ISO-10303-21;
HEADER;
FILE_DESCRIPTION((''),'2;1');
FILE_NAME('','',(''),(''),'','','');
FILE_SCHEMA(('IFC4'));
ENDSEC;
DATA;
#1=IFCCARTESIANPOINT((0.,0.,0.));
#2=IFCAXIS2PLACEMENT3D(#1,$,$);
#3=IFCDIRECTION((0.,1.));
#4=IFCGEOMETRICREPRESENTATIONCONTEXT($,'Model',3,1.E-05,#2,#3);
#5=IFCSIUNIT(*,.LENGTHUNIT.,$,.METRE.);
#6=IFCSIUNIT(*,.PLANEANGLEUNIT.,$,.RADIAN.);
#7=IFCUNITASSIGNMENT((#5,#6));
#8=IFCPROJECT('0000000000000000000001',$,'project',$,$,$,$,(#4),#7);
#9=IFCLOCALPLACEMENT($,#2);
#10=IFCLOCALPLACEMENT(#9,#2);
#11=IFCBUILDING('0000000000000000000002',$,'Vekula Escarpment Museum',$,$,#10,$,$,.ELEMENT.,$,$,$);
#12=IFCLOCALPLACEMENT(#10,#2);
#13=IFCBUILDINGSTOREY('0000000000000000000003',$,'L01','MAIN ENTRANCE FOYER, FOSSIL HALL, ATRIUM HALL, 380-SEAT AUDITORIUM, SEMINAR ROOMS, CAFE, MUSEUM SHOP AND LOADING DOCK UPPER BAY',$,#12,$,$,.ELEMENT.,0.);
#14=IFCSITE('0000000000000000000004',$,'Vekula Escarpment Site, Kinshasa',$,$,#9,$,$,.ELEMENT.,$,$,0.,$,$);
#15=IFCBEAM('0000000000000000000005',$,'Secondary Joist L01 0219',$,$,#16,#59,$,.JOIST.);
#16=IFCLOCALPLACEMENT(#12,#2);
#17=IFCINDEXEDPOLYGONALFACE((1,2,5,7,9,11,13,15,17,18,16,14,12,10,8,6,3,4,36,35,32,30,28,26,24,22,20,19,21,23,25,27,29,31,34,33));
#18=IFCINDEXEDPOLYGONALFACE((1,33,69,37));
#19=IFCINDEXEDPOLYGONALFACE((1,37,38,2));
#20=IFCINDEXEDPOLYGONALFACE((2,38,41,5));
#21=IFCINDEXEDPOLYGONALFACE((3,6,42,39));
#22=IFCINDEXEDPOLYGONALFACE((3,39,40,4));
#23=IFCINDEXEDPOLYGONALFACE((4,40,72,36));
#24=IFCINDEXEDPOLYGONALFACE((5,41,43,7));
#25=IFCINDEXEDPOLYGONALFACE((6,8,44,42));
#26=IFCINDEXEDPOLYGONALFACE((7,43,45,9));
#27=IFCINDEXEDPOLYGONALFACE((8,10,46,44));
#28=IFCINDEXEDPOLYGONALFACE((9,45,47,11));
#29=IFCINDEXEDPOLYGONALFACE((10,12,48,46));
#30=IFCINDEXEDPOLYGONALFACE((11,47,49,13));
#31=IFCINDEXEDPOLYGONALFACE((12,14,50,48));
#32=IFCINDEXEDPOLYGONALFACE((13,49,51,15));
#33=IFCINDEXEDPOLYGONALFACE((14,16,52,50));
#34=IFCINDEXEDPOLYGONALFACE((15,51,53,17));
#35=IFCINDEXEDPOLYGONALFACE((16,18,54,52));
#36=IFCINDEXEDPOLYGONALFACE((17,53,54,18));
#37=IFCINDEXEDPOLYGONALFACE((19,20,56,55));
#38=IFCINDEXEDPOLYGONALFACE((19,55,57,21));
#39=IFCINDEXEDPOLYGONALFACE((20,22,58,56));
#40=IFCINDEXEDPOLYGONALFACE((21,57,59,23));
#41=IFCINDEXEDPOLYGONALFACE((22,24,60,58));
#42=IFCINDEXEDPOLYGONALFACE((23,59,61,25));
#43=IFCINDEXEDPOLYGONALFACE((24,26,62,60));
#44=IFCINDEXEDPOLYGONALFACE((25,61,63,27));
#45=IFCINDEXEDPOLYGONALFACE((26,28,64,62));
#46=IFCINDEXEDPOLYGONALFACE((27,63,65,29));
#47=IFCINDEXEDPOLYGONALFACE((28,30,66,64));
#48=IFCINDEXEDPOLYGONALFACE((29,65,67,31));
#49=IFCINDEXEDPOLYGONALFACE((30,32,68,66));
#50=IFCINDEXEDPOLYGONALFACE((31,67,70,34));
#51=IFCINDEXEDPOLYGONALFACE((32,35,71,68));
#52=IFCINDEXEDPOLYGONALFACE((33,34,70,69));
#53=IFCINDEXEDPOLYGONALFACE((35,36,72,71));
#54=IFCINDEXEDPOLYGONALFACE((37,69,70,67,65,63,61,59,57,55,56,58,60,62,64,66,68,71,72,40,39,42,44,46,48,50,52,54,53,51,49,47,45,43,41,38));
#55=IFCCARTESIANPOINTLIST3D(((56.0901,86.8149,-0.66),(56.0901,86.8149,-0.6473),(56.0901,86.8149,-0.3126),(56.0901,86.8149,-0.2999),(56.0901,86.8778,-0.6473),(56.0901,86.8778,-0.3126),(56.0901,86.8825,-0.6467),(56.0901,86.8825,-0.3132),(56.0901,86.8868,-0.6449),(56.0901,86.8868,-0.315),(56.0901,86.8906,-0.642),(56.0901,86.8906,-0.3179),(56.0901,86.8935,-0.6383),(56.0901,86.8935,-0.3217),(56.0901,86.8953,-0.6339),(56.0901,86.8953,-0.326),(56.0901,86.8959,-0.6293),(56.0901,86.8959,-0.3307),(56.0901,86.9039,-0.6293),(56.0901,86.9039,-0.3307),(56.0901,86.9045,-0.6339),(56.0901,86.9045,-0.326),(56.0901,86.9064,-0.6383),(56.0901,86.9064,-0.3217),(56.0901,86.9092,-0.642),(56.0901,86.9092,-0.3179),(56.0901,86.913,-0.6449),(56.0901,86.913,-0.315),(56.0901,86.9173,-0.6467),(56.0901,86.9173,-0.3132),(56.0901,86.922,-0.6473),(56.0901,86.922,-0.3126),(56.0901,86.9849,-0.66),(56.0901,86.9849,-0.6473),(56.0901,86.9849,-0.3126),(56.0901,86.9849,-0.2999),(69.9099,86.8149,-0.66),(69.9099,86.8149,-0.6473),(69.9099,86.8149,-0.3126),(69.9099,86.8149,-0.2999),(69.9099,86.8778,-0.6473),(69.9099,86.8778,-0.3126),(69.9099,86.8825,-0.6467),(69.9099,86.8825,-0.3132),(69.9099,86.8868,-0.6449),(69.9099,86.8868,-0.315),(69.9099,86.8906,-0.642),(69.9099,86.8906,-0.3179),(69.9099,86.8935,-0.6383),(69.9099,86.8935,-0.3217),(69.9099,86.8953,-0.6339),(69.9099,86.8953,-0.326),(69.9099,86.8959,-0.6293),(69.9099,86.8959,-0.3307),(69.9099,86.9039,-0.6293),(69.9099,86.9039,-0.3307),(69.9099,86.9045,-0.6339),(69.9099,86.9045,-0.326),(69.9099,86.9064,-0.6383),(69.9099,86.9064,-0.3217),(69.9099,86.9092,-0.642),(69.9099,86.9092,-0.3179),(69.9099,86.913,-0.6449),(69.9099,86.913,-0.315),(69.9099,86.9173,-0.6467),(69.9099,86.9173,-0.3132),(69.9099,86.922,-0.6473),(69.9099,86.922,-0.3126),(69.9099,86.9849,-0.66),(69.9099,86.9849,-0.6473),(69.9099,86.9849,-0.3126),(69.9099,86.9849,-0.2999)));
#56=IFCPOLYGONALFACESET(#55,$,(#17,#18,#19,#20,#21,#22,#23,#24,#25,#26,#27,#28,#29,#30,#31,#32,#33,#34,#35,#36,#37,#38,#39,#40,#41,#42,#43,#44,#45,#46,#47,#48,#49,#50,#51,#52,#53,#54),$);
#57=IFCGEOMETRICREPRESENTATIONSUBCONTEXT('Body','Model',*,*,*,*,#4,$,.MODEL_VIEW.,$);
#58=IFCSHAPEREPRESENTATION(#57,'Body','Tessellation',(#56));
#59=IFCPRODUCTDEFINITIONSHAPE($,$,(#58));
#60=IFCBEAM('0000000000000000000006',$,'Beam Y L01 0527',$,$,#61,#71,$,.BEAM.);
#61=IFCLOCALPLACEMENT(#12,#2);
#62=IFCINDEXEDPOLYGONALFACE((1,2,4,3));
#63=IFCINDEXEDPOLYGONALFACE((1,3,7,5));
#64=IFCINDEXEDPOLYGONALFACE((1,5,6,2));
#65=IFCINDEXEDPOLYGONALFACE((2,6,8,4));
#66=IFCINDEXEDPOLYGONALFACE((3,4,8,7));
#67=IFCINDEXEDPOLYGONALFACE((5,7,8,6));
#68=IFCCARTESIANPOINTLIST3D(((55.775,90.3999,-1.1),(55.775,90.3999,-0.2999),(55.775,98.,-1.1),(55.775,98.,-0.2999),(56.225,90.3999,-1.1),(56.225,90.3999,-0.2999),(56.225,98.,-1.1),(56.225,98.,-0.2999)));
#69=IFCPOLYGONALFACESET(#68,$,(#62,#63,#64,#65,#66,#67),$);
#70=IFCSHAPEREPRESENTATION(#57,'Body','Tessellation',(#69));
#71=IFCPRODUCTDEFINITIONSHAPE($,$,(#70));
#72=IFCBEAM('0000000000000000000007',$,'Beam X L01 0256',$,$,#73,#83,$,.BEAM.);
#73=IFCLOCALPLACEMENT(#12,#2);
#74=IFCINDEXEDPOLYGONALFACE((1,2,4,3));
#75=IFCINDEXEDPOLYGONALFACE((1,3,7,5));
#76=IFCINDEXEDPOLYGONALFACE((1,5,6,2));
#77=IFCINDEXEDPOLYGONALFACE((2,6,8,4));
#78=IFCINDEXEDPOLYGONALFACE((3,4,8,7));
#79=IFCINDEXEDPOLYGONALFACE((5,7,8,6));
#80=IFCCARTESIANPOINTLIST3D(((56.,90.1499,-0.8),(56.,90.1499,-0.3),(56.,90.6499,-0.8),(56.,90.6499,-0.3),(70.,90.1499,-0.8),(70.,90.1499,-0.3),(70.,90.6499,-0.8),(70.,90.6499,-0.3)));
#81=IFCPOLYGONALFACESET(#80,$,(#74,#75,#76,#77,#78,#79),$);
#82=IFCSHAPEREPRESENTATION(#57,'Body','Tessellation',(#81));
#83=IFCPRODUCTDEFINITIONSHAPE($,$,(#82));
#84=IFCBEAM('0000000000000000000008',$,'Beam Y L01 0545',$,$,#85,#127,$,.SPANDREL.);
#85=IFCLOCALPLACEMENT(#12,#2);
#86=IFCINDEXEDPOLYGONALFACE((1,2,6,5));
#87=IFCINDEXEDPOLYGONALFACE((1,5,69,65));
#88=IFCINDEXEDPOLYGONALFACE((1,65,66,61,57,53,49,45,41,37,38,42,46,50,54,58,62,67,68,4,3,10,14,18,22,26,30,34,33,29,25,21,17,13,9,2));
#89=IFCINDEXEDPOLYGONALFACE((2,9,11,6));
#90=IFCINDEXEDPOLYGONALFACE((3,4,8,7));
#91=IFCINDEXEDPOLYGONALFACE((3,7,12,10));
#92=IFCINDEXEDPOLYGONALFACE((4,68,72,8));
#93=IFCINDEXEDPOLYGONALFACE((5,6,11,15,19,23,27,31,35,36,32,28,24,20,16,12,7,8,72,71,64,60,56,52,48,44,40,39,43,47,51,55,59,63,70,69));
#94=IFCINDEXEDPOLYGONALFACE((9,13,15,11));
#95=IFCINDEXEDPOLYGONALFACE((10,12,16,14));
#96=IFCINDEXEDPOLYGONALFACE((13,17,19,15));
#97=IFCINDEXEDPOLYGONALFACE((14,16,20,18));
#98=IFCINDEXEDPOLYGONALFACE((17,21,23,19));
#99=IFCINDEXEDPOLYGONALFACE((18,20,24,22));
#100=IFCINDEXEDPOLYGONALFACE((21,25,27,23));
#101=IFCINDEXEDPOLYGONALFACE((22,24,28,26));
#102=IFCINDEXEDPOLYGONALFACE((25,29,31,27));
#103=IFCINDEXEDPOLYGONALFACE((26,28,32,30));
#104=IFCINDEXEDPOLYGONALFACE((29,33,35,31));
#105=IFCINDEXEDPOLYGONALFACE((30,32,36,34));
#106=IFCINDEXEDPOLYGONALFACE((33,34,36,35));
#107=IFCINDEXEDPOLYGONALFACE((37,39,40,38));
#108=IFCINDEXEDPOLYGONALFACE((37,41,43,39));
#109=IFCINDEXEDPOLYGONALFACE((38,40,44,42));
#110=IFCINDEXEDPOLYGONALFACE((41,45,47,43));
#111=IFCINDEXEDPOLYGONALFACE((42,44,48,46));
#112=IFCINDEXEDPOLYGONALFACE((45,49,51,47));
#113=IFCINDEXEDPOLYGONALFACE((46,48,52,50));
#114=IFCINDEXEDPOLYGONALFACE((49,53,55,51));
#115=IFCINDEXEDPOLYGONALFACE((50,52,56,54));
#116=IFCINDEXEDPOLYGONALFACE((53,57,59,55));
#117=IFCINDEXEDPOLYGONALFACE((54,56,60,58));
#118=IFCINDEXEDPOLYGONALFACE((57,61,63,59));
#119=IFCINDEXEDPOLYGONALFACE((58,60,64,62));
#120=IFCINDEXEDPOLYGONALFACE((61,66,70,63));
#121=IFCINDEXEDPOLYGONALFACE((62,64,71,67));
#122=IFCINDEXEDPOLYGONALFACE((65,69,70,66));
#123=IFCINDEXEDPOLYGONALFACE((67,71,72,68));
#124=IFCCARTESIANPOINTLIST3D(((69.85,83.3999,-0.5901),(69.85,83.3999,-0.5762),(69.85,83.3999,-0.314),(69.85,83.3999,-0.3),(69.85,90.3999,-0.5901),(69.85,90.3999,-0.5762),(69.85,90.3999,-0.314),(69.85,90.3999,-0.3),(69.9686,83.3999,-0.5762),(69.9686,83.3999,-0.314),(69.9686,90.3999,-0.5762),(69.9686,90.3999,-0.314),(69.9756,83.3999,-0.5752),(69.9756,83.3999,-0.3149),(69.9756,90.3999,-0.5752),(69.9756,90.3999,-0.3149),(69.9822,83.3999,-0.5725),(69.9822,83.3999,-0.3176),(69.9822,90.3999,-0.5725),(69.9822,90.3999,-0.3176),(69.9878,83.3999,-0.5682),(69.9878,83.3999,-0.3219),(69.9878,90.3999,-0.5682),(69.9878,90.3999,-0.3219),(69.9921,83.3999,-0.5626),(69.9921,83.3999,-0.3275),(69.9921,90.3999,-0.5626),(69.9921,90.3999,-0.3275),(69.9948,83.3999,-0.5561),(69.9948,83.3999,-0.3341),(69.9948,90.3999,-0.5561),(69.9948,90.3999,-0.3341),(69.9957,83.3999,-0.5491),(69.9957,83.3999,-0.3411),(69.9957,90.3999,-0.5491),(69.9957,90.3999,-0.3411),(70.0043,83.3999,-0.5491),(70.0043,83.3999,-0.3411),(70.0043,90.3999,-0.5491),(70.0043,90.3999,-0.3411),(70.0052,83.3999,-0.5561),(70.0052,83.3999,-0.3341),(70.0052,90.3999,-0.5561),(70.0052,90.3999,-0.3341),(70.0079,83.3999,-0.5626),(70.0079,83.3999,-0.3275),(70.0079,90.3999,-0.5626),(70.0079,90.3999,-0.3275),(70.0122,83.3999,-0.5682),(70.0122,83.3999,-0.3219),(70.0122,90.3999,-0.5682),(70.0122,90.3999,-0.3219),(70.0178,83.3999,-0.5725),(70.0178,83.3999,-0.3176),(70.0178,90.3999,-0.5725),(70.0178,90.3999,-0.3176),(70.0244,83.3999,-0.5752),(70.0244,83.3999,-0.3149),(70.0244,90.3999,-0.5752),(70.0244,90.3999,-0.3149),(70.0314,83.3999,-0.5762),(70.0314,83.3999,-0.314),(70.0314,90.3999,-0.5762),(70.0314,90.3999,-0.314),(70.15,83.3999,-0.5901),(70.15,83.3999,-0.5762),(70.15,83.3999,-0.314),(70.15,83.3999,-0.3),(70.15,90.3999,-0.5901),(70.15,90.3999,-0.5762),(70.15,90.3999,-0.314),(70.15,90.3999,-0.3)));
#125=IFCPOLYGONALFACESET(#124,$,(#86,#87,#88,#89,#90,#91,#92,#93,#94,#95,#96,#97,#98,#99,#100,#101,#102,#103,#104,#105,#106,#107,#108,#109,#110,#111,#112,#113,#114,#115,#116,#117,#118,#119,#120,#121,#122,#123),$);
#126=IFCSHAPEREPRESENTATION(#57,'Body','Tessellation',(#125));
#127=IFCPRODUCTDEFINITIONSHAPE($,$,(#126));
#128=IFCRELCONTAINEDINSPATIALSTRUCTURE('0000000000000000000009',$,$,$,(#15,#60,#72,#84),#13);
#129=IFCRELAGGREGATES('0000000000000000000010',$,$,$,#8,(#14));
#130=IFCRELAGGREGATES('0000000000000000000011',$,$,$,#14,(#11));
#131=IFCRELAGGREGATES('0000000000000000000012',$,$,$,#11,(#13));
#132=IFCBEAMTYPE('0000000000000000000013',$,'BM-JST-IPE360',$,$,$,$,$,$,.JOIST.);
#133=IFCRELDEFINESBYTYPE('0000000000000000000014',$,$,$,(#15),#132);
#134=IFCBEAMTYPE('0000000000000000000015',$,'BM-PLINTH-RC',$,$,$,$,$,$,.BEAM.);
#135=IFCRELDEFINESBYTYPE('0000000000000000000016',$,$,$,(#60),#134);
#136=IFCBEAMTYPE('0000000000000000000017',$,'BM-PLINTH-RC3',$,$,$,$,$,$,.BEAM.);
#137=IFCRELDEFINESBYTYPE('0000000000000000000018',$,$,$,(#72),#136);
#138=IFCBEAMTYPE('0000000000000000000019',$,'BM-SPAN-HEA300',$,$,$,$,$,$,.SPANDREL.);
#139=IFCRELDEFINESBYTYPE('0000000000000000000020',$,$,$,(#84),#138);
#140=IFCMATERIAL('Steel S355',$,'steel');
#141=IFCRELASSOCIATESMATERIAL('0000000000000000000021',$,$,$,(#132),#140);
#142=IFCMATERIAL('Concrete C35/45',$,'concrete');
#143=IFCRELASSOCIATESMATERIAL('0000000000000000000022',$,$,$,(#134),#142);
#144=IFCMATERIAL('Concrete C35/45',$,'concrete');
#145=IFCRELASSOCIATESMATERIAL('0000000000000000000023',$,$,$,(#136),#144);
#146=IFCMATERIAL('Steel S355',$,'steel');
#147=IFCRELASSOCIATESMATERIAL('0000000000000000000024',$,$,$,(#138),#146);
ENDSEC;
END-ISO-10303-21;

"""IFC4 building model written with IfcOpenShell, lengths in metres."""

from ifc_helpers import new_model, si_unit, direction, frame, origin, origin_2d, place, context, subcontext, project, spatial, rectangle, i_section, extrude, material, material_profile, profile_set, type_object, element, save


model = new_model("IFC4")

# Units and contexts
model_context = context("Model", 3, precision=1e-05, world=origin(), true_north=direction((0.0, 1.0)))
body_context = subcontext(model_context, "Body", "Model", "MODEL_VIEW")
ifc_project = project(units=[si_unit("LENGTHUNIT", "METRE"), si_unit("PLANEANGLEUNIT", "RADIAN")], contexts=[model_context])

# Site, building, storey
site_placement = place(None, origin())
site = spatial("IfcSite", under=ifc_project, at=site_placement, Name="Vekula Escarpment Site, Kinshasa", CompositionType="ELEMENT", RefElevation=0.0)
building_placement = place(site_placement, origin())
building = spatial("IfcBuilding", under=site, at=building_placement, Name="Vekula Escarpment Museum", CompositionType="ELEMENT")
storey_placement = place(building_placement, origin())
storey = spatial("IfcBuildingStorey", under=building, at=storey_placement, Name="L01", Description="MAIN ENTRANCE FOYER, FOSSIL HALL, ATRIUM HALL, 380-SEAT AUDITORIUM, SEMINAR ROOMS, CAFE, MUSEUM SHOP AND LOADING DOCK UPPER BAY", CompositionType="ELEMENT", Elevation=0.0)

# Beams
ifc_material_1 = material(Name="Steel S355", Category="steel")
ifc_material_profile_1 = material_profile(ifc_material_1, i_section(OverallWidth=0.1699, OverallDepth=0.3601, WebThickness=0.0081, FlangeThickness=0.0127, FilletRadius=0.0181, at=origin_2d()), Name="IPE 360")
ifc_profile_set_1 = profile_set([ifc_material_profile_1], Name="Steel S355")
beam_type_1 = type_object("IfcBeamType", Name="BM-JST-IPE360", PredefinedType="JOIST", material=ifc_profile_set_1)
beam_1_placement = place(storey_placement, frame((56.0901, 86.8999, -0.48), z_axis=(1.0, 0.0, 0.0), x_axis=(0.0, 1.0, 0.0)))
element("IfcBeam", 1, at=beam_1_placement, inside=storey, type_object=beam_type_1, Name="Secondary Joist L01 0219", PredefinedType="JOIST", context=body_context, shape_type="SweptSolid", body=[
    extrude(i_section(OverallWidth=0.1699, OverallDepth=0.3601, WebThickness=0.0081, FlangeThickness=0.0127, FilletRadius=0.0181, at=origin_2d()), origin(), (0.0, 0.0, 1.0), 13.8198),
])
ifc_material_2 = material(Name="Concrete C35/45", Category="concrete")
ifc_material_profile_2 = material_profile(ifc_material_2, rectangle(XDim=0.45, YDim=0.8, at=origin_2d()), Name="RC 450x800")
ifc_profile_set_2 = profile_set([ifc_material_profile_2], Name="Concrete C35/45")
beam_type_2 = type_object("IfcBeamType", Name="BM-PLINTH-RC", PredefinedType="BEAM", material=ifc_profile_set_2)
beam_2_placement = place(storey_placement, frame((56.0, 90.3999, -0.7), z_axis=(0.0, 1.0, 0.0), x_axis=(-1.0, 0.0, 0.0)))
element("IfcBeam", 2, at=beam_2_placement, inside=storey, type_object=beam_type_2, Name="Beam Y L01 0527", PredefinedType="BEAM", context=body_context, shape_type="SweptSolid", body=[
    extrude(rectangle(XDim=0.45, YDim=0.8, at=origin_2d()), origin(), (0.0, 0.0, 1.0), 7.6001),
])
ifc_material_3 = material(Name="Concrete C35/45", Category="concrete")
ifc_material_profile_3 = material_profile(ifc_material_3, rectangle(XDim=0.5, YDim=0.5, at=origin_2d()), Name="RC 500x500")
ifc_profile_set_3 = profile_set([ifc_material_profile_3], Name="Concrete C35/45")
beam_type_3 = type_object("IfcBeamType", Name="BM-PLINTH-RC3", PredefinedType="BEAM", material=ifc_profile_set_3)
beam_3_placement = place(storey_placement, frame((56.0, 90.3999, -0.55), z_axis=(1.0, 0.0, 0.0), x_axis=(0.0, 1.0, 0.0)))
element("IfcBeam", 3, at=beam_3_placement, inside=storey, type_object=beam_type_3, Name="Beam X L01 0256", PredefinedType="BEAM", context=body_context, shape_type="SweptSolid", body=[
    extrude(rectangle(XDim=0.5, YDim=0.5, at=origin_2d()), origin(), (0.0, 0.0, 1.0), 14.0),
])
ifc_material_4 = material(Name="Steel S355", Category="steel")
ifc_material_profile_4 = material_profile(ifc_material_4, i_section(OverallWidth=0.3, OverallDepth=0.29, WebThickness=0.0085, FlangeThickness=0.0139, FilletRadius=0.0271, at=origin_2d()), Name="HEA 300")
ifc_profile_set_4 = profile_set([ifc_material_profile_4], Name="Steel S355")
beam_type_4 = type_object("IfcBeamType", Name="BM-SPAN-HEA300", PredefinedType="SPANDREL", material=ifc_profile_set_4)
beam_4_placement = place(storey_placement, frame((70.0, 83.3999, -0.4451), z_axis=(0.0, 1.0, 0.0), x_axis=(-1.0, 0.0, 0.0)))
element("IfcBeam", 4, at=beam_4_placement, inside=storey, type_object=beam_type_4, Name="Beam Y L01 0545", PredefinedType="SPANDREL", context=body_context, shape_type="SweptSolid", body=[
    extrude(i_section(OverallWidth=0.3, OverallDepth=0.29, WebThickness=0.0085, FlangeThickness=0.0139, FilletRadius=0.0271, at=origin_2d()), origin(), (0.0, 0.0, 1.0), 7.0),
])

save(model, "model.ifc")
